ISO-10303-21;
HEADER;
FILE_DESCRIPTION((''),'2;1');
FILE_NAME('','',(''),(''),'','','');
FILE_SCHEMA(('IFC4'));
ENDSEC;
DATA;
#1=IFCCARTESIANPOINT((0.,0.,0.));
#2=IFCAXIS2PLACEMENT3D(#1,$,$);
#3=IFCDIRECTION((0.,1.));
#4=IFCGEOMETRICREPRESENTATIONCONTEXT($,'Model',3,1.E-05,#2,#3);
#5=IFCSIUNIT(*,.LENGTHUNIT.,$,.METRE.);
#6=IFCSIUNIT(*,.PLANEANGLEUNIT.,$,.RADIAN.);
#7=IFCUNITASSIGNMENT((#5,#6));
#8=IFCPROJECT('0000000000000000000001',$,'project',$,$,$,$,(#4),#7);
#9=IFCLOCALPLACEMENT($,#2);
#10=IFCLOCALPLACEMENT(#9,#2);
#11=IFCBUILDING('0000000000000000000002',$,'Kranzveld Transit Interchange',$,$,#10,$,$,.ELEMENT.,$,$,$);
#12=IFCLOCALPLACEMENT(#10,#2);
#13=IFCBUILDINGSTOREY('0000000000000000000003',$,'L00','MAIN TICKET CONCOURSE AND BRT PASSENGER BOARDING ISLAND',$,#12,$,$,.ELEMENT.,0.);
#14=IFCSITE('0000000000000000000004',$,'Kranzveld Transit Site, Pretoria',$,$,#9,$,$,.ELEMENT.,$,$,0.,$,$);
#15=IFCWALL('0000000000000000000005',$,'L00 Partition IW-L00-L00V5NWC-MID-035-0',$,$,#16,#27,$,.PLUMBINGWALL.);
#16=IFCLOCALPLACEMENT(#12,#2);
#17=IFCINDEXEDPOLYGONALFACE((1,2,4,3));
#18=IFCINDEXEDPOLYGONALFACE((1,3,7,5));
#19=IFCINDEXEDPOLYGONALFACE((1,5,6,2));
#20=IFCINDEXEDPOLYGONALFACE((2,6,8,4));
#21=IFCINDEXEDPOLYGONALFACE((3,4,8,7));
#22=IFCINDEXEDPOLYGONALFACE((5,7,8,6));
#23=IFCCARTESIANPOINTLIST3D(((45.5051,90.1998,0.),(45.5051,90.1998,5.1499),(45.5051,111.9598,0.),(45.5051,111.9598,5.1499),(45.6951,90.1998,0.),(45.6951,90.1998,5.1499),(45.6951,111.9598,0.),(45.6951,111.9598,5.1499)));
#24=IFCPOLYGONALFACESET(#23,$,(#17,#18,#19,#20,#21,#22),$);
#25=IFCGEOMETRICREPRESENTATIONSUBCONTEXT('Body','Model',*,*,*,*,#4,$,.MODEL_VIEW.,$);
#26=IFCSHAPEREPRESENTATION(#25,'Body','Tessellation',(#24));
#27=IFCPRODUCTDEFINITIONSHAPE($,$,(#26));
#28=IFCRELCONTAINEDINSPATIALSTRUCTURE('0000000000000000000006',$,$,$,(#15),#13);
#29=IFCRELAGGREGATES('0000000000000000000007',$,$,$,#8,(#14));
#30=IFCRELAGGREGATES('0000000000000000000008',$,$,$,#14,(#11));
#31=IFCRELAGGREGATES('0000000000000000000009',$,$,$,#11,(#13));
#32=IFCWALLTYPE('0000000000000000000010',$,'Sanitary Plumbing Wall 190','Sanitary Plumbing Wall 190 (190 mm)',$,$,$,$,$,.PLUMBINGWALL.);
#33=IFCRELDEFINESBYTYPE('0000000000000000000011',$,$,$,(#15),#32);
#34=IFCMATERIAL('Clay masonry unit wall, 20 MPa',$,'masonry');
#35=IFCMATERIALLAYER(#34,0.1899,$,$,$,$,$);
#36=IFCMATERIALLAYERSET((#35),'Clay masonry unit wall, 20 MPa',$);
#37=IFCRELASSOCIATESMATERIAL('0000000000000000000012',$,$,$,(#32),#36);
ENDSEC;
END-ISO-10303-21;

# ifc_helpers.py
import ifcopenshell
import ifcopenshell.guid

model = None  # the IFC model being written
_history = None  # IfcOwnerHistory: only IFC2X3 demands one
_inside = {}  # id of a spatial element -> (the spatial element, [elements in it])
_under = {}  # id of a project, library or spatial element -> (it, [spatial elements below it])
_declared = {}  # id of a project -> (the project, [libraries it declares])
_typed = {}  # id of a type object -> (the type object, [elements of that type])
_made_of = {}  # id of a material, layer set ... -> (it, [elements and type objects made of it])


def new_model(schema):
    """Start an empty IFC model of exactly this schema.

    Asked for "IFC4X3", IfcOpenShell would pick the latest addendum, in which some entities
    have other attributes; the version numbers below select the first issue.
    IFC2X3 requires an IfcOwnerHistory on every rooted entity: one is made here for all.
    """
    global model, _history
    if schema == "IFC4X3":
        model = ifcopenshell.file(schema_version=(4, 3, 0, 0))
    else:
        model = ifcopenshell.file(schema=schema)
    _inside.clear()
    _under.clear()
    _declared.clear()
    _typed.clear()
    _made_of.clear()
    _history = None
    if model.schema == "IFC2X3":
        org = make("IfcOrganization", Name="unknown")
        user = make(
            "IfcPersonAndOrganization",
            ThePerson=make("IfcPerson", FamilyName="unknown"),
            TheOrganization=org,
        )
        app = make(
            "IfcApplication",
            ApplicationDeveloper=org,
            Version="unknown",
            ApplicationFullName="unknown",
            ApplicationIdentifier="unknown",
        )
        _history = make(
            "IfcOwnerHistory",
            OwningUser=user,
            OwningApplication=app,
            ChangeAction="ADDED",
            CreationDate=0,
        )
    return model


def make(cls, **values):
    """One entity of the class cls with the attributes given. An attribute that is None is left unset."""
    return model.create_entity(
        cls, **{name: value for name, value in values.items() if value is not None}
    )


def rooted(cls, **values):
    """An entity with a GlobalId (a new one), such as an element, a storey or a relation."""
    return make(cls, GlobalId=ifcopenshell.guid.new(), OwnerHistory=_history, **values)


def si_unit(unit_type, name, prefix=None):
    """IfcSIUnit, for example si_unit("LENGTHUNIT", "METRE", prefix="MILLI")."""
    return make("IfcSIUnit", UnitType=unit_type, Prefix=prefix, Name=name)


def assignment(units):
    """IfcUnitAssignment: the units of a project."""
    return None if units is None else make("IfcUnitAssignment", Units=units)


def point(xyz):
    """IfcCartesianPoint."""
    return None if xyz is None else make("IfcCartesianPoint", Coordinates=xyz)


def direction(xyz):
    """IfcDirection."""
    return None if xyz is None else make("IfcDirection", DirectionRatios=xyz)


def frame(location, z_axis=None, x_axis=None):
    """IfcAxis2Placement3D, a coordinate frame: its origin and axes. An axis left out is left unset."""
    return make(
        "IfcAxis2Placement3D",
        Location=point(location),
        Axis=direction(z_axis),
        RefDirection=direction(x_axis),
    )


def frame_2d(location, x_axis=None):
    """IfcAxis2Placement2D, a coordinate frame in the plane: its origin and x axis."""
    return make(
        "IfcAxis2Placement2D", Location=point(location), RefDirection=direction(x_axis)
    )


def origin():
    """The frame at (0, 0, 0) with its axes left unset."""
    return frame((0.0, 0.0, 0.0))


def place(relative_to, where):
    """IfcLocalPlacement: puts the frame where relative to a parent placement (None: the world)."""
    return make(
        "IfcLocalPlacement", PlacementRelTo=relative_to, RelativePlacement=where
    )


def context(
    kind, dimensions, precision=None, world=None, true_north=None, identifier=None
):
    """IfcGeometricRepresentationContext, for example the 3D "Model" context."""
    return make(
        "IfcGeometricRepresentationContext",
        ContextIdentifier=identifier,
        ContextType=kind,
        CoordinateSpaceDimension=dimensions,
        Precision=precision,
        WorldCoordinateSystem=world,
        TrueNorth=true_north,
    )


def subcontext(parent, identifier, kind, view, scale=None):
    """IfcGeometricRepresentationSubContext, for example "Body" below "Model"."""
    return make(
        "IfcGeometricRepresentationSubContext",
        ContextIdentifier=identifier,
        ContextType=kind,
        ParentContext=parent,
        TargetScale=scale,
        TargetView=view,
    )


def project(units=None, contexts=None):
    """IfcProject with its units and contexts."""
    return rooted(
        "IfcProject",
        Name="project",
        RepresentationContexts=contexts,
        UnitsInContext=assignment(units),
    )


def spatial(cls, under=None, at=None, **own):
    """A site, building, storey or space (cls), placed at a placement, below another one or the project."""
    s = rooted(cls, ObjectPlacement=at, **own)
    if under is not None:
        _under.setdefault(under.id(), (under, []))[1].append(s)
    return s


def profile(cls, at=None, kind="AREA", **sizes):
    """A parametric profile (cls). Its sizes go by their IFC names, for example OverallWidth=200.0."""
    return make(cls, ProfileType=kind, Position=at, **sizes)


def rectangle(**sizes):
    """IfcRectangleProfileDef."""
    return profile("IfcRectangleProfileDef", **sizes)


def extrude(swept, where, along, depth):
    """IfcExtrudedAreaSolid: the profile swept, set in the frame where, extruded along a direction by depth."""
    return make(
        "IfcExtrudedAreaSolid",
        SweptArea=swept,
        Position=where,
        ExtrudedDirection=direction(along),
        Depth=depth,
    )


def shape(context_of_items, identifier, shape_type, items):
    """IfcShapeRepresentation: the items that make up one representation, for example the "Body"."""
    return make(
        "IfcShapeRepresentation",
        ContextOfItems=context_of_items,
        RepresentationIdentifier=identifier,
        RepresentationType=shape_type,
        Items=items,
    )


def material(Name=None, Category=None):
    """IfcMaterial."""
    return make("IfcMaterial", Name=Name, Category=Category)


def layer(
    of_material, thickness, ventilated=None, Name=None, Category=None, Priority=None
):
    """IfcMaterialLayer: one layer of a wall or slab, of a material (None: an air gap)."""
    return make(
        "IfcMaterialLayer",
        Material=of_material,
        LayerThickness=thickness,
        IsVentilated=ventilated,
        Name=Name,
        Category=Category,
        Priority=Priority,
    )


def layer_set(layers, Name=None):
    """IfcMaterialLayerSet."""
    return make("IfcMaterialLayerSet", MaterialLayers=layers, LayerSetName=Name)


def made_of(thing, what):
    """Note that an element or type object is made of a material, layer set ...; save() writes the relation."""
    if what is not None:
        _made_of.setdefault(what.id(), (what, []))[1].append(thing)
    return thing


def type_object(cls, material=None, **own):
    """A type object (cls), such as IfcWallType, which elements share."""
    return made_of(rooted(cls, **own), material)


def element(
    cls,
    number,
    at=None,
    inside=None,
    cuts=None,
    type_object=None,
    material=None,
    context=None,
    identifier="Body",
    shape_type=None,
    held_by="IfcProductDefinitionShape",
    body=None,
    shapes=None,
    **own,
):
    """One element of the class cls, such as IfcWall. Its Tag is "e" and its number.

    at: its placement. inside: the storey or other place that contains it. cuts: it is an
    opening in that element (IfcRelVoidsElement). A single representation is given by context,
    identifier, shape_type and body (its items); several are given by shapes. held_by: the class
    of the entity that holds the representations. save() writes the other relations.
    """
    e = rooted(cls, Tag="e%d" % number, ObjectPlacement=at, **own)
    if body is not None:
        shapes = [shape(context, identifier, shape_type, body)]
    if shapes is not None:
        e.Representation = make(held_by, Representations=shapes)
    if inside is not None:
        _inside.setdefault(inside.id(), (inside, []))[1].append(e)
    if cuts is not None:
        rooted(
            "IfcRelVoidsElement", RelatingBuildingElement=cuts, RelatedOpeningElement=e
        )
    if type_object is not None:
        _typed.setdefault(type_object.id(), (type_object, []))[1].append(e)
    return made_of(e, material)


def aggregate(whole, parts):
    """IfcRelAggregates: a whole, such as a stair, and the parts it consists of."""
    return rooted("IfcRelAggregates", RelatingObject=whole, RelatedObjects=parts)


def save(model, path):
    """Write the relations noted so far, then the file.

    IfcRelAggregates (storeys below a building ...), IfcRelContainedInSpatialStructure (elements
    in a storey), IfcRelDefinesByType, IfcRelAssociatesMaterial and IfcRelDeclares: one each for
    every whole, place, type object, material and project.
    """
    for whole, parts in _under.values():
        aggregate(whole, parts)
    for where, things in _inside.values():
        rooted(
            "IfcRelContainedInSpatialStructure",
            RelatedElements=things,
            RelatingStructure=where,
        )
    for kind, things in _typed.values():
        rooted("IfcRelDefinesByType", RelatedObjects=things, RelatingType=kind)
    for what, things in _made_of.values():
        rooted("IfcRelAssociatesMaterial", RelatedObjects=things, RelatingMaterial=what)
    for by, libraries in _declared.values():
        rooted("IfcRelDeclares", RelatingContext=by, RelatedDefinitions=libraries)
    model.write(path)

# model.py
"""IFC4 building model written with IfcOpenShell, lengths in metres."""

from ifc_helpers import new_model, si_unit, direction, frame, frame_2d, origin, place, context, subcontext, project, spatial, rectangle, extrude, material, layer, layer_set, type_object, element, save


model = new_model("IFC4")

# Units and contexts
model_context = context("Model", 3, precision=1e-05, world=origin(), true_north=direction((0.0, 1.0)))
body_context = subcontext(model_context, "Body", "Model", "MODEL_VIEW")
ifc_project = project(units=[si_unit("LENGTHUNIT", "METRE"), si_unit("PLANEANGLEUNIT", "RADIAN")], contexts=[model_context])

# Site, building, storey
site_placement = place(None, origin())
site = spatial("IfcSite", under=ifc_project, at=site_placement, Name="Kranzveld Transit Site, Pretoria", CompositionType="ELEMENT", RefElevation=0.0)
building_placement = place(site_placement, origin())
building = spatial("IfcBuilding", under=site, at=building_placement, Name="Kranzveld Transit Interchange", CompositionType="ELEMENT")
storey_placement = place(building_placement, origin())
storey = spatial("IfcBuildingStorey", under=building, at=storey_placement, Name="L00", Description="MAIN TICKET CONCOURSE AND BRT PASSENGER BOARDING ISLAND", CompositionType="ELEMENT", Elevation=0.0)

# Shared definitions
ifc_material_1 = material(Name="Clay masonry unit wall, 20 MPa", Category="masonry")
ifc_layer_1 = layer(ifc_material_1, 0.1899)
ifc_layer_set_1 = layer_set([ifc_layer_1], Name="Clay masonry unit wall, 20 MPa")
wall_type_1 = type_object("IfcWallType", Name="Sanitary Plumbing Wall 190", Description="Sanitary Plumbing Wall 190 (190 mm)", PredefinedType="PLUMBINGWALL", material=ifc_layer_set_1)

# Wall
wall_1_placement = place(storey_placement, frame((45.6001, 90.2, 0.0), z_axis=(0.0, 0.0, 1.0), x_axis=(0.0, 1.0, 0.0)))
element("IfcWall", 1, at=wall_1_placement, inside=storey, type_object=wall_type_1, Name="L00 Partition IW-L00-L00V5NWC-MID-035-0", PredefinedType="PLUMBINGWALL", context=body_context, shape_type="SweptSolid", body=[
    extrude(rectangle(XDim=21.76, YDim=0.1899, at=frame_2d((10.8799, 0.0))), origin(), (0.0, 0.0, 1.0), 5.1499),
])

save(model, "model.ifc")
